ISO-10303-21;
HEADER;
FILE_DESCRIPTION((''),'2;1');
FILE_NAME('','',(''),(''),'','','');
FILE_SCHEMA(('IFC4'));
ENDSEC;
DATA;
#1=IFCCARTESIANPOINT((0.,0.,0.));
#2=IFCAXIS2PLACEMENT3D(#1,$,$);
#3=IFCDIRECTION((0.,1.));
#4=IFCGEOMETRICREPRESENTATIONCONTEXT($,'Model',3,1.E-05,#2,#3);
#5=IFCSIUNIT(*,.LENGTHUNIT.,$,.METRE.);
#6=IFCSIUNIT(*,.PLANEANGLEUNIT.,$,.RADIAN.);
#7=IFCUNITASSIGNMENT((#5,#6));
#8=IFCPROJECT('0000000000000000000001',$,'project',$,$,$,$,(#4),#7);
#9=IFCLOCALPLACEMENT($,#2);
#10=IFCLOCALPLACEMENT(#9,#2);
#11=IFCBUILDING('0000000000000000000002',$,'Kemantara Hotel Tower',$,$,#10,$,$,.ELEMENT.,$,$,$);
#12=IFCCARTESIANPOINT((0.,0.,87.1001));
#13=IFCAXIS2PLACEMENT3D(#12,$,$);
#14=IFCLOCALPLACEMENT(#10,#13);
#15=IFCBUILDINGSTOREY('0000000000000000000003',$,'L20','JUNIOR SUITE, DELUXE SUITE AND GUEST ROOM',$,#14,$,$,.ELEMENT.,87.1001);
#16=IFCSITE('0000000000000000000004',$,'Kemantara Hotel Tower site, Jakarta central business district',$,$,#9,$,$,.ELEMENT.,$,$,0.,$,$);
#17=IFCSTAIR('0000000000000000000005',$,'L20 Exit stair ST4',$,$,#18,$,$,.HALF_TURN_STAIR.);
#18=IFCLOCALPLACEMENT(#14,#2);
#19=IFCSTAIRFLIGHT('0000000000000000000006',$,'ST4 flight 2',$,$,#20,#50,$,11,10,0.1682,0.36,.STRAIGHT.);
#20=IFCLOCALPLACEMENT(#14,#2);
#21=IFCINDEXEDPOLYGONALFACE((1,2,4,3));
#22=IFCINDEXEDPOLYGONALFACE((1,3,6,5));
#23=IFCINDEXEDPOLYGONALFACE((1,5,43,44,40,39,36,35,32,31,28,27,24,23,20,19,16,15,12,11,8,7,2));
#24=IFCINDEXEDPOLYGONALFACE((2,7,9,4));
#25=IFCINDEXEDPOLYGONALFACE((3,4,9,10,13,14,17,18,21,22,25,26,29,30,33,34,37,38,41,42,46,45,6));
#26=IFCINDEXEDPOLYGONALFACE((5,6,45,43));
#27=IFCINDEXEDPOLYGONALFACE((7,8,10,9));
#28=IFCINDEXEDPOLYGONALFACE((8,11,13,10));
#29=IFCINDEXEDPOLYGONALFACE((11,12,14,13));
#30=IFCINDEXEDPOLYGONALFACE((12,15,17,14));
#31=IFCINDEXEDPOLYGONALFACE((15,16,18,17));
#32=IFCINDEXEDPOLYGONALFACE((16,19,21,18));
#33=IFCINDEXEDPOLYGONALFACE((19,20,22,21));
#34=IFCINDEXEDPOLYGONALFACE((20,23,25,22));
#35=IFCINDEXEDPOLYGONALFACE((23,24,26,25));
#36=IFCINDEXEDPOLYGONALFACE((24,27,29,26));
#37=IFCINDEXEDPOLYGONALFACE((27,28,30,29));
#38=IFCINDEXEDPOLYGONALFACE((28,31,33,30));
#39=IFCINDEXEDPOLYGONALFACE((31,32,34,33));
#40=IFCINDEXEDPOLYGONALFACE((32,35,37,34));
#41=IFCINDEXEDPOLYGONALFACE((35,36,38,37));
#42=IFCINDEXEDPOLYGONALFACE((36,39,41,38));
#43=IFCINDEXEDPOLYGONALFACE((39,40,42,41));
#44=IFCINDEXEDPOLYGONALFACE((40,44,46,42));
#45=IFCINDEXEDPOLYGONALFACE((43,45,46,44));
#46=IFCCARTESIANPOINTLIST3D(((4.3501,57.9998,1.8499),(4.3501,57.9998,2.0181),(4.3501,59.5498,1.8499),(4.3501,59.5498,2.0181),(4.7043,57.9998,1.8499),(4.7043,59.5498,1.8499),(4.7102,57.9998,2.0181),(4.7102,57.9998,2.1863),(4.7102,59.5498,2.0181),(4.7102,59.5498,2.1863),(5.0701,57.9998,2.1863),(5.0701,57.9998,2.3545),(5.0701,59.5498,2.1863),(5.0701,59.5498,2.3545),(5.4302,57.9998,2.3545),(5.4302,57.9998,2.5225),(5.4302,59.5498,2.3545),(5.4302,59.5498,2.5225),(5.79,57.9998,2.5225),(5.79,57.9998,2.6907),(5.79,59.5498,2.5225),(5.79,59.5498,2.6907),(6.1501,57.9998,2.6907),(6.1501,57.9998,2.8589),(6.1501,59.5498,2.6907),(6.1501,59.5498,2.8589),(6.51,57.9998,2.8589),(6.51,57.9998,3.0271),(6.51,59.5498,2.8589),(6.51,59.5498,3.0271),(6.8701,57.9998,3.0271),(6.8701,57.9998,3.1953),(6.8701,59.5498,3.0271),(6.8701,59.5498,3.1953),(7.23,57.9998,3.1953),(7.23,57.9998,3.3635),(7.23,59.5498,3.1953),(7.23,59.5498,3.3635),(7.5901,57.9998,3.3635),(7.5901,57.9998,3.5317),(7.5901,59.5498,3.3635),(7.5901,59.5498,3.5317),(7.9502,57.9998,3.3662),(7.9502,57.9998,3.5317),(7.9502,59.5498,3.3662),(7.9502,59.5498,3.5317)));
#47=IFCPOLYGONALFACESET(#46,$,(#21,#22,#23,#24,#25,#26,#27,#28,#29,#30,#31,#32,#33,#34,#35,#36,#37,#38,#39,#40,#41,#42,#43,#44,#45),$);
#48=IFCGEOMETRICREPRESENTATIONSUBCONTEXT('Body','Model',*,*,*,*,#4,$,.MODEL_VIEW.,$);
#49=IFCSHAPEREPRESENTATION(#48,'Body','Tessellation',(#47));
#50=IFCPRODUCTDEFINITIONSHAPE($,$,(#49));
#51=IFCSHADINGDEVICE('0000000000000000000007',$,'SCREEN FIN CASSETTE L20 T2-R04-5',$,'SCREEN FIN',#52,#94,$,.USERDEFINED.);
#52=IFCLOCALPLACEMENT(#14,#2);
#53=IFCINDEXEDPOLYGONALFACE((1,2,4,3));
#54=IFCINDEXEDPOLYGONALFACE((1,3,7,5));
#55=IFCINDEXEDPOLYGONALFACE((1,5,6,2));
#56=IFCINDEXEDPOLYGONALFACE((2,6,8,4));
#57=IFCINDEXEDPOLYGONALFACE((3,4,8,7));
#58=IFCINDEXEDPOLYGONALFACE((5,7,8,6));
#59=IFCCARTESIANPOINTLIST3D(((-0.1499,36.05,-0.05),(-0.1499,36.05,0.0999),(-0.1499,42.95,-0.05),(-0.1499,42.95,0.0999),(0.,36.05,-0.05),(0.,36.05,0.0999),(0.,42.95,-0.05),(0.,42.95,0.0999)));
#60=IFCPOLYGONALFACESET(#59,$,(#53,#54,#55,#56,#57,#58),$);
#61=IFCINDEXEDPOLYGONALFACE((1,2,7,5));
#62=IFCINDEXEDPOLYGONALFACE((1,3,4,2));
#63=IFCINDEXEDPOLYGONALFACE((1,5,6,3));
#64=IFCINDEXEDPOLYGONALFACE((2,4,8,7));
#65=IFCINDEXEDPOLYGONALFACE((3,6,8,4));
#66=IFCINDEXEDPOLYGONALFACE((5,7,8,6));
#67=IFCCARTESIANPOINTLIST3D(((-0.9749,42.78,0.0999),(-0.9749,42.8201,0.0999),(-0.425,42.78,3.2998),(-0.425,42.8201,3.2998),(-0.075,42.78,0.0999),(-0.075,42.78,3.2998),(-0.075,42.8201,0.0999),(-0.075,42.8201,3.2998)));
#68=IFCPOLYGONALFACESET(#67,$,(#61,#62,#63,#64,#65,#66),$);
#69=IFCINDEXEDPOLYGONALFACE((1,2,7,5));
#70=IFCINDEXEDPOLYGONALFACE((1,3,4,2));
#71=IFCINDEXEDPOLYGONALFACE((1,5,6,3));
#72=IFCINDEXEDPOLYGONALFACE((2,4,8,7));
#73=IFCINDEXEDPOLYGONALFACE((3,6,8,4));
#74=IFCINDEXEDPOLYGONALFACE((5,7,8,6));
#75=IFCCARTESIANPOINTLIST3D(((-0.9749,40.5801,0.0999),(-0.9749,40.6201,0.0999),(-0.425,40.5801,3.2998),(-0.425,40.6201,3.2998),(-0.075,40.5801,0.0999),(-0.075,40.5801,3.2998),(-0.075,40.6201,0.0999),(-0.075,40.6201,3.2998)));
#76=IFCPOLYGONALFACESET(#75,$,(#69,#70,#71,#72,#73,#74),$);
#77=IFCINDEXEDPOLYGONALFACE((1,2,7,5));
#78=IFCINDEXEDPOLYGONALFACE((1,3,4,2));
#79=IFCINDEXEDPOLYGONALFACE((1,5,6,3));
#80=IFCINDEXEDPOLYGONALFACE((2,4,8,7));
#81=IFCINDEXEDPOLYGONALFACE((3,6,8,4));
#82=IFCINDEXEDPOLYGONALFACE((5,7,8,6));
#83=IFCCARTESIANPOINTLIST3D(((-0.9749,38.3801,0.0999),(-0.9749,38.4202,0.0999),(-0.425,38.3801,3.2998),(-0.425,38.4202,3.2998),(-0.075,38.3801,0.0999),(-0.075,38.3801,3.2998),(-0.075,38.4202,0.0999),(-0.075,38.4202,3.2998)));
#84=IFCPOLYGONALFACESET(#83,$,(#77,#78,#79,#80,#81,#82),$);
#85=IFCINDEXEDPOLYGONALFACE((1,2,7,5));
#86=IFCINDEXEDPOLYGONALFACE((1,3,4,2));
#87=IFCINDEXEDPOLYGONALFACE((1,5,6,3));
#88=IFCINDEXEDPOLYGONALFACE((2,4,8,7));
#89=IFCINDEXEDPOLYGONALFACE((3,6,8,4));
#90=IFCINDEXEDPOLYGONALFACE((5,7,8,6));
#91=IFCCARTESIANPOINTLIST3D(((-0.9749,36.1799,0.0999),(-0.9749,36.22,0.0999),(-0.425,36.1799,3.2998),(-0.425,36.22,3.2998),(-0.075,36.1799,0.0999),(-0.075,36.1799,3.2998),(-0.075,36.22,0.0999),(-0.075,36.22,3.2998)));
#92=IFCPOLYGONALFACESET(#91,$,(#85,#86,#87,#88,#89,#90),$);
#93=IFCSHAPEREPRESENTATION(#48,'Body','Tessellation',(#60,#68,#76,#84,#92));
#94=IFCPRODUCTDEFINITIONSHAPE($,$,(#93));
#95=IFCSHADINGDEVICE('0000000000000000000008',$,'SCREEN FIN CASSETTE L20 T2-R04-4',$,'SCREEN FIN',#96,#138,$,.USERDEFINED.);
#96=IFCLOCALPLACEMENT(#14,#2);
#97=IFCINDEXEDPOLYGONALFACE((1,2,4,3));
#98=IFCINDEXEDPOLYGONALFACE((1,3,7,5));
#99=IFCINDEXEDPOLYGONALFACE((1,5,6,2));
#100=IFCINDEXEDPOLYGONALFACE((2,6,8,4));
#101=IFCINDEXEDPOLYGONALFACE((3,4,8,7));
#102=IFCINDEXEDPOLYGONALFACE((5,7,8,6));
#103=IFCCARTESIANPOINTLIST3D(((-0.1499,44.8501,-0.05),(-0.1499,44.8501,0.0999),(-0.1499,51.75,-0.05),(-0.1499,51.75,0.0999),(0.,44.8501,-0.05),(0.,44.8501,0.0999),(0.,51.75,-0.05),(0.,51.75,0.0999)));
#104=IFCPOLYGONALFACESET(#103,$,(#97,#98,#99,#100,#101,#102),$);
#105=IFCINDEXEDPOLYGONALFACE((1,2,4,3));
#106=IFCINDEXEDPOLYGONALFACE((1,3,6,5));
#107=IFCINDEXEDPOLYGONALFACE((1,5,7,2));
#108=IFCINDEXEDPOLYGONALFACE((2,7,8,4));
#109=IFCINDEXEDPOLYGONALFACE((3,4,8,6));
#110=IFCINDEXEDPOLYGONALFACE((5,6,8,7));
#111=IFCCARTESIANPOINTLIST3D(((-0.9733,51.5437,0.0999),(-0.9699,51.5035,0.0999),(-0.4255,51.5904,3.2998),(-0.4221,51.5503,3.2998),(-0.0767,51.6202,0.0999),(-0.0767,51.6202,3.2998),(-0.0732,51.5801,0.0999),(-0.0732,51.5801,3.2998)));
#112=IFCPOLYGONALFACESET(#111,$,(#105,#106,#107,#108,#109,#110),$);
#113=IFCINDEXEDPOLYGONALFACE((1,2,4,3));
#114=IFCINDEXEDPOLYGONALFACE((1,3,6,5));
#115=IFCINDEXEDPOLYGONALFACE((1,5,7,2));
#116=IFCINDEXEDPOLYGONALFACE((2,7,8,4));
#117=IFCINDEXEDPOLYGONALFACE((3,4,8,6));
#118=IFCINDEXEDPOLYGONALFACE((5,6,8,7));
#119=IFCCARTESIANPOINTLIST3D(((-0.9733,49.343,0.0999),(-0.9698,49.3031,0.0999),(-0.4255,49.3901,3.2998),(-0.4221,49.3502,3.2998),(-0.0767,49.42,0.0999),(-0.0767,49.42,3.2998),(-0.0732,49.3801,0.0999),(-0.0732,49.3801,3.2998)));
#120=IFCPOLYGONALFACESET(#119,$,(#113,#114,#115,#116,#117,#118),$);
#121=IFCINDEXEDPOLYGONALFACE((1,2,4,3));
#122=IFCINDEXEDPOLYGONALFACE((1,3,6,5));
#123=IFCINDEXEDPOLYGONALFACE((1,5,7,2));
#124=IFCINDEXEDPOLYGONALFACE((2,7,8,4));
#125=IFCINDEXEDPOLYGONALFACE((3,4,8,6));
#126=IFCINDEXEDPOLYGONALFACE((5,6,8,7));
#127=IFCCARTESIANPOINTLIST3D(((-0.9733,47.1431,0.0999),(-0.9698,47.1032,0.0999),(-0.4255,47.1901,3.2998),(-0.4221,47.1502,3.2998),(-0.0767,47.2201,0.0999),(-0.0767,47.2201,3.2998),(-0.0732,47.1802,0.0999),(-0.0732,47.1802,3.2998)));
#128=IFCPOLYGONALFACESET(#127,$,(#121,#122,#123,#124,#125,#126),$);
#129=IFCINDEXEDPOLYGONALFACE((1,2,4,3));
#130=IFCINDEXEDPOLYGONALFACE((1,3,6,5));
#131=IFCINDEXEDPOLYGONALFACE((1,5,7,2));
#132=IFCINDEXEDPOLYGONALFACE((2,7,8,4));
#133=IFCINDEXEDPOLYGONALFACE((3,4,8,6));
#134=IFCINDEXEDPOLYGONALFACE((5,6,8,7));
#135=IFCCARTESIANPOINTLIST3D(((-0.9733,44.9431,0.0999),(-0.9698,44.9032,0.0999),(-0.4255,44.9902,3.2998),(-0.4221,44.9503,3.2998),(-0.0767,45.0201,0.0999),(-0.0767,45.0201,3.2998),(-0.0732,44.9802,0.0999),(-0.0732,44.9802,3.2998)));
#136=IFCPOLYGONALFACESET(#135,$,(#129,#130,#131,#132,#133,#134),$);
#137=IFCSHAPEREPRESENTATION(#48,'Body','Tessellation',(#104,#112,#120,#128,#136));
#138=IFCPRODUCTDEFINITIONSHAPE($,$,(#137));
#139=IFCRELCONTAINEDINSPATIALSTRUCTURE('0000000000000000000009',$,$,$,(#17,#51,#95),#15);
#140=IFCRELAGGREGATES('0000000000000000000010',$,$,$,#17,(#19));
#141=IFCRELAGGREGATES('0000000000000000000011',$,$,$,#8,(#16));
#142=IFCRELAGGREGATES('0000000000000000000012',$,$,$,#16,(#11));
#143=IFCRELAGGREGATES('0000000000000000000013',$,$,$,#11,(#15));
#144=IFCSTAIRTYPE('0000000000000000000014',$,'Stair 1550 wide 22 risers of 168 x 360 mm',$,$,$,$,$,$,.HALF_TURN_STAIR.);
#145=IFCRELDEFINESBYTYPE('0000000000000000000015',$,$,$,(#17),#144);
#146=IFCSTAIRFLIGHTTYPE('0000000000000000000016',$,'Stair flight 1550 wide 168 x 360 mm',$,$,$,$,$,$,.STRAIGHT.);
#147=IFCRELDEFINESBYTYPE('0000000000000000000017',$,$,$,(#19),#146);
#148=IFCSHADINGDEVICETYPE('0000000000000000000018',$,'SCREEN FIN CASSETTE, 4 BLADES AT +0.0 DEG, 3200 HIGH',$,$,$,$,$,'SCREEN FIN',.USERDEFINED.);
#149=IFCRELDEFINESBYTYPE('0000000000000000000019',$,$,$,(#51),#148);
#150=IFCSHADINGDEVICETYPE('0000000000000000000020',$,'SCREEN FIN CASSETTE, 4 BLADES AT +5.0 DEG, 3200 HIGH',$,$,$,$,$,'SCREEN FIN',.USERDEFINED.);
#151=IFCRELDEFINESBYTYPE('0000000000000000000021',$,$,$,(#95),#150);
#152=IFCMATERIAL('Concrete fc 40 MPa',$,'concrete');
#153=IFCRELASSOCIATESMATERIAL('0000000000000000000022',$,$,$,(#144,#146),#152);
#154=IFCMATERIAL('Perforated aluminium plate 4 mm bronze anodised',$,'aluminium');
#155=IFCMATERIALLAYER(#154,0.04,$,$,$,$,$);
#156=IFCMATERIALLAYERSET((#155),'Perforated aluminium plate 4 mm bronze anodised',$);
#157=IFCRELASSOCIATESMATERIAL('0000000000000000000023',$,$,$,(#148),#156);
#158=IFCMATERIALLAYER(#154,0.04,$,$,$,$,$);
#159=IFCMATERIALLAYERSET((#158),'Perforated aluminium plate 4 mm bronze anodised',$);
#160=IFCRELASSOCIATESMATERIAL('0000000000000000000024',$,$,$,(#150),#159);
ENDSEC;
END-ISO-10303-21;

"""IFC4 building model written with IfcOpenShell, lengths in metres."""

from ifc_helpers import new_model, si_unit, direction, frame, origin, origin_2d, place, context, subcontext, project, spatial, polyline, rectangle, outline, extrude, source, transform, mapped, material, layer, layer_set, type_object, element, aggregate, save


model = new_model("IFC4")

# Units and contexts
model_context = context("Model", 3, precision=1e-05, world=origin(), true_north=direction((0.0, 1.0)))
body_context = subcontext(model_context, "Body", "Model", "MODEL_VIEW")
ifc_project = project(units=[si_unit("LENGTHUNIT", "METRE"), si_unit("PLANEANGLEUNIT", "RADIAN")], contexts=[model_context])

# Site, building, storey
site_placement = place(None, origin())
site = spatial("IfcSite", under=ifc_project, at=site_placement, Name="Kemantara Hotel Tower site, Jakarta central business district", CompositionType="ELEMENT", RefElevation=0.0)
building_placement = place(site_placement, origin())
building = spatial("IfcBuilding", under=site, at=building_placement, Name="Kemantara Hotel Tower", CompositionType="ELEMENT")
storey_placement = place(building_placement, frame((0.0, 0.0, 87.1001)))
storey = spatial("IfcBuildingStorey", under=building, at=storey_placement, Name="L20", Description="JUNIOR SUITE, DELUXE SUITE AND GUEST ROOM", CompositionType="ELEMENT", Elevation=87.1001)

# Shared definitions
ifc_material_1 = material(Name="Concrete fc 40 MPa", Category="concrete")

# Stair, stair flight
stair_type = type_object("IfcStairType", Name="Stair 1550 wide 22 risers of 168 x 360 mm", PredefinedType="HALF_TURN_STAIR", material=ifc_material_1)
stair_placement = place(storey_placement, origin())
stair = element("IfcStair", 1, at=stair_placement, inside=storey, type_object=stair_type, Name="L20 Exit stair ST4", PredefinedType="HALF_TURN_STAIR")
stair_flight_type = type_object("IfcStairFlightType", Name="Stair flight 1550 wide 168 x 360 mm", PredefinedType="STRAIGHT", material=ifc_material_1)
stair_flight_placement = place(storey_placement, frame((4.3501, 58.7749, 1.8499), z_axis=(0.0, 0.0, 1.0), x_axis=(1.0, 0.0, 0.0)))
stair_flight = element("IfcStairFlight", 2, at=stair_flight_placement, type_object=stair_flight_type, Name="ST4 flight 2", NumberOfRisers=11, NumberOfTreads=10, PredefinedType="STRAIGHT", RiserHeight=0.1682, TreadLength=0.36, context=body_context, shape_type="SweptSolid", body=[
    extrude(outline(polyline([(0.0, 0.0), (0.0, 0.1682), (0.3601, 0.1682), (0.3601, 0.3364), (0.72, 0.3364), (0.72, 0.5046), (1.0801, 0.5046), (1.0801, 0.6726), (1.4399, 0.6726), (1.4399, 0.8408), (1.8, 0.8408), (1.8, 1.009), (2.1599, 1.009), (2.1599, 1.1772), (2.52, 1.1772), (2.52, 1.3455), (2.8799, 1.3455), (2.8799, 1.5137), (3.24, 1.5137), (3.24, 1.6819), (3.6001, 1.6819), (3.6001, 1.8501), (3.6001, 1.5164), (0.3542, 0.0), (0.0, 0.0)])), frame((0.0, 0.7749, 0.0), z_axis=(0.0, -1.0, 0.0), x_axis=(1.0, 0.0, 0.0)), (0.0, 0.0, 1.0), 1.55),
])
aggregate(stair, [stair_flight])

# Shading devices
ifc_material_2 = material(Name="Perforated aluminium plate 4 mm bronze anodised", Category="aluminium")
ifc_layer_1 = layer(ifc_material_2, 0.04)
ifc_layer_set_1 = layer_set([ifc_layer_1], Name="Perforated aluminium plate 4 mm bronze anodised")
shading_device_type_1 = type_object("IfcShadingDeviceType", Name="SCREEN FIN CASSETTE, 4 BLADES AT +0.0 DEG, 3200 HIGH", ElementType="SCREEN FIN", PredefinedType="USERDEFINED", material=ifc_layer_set_1)
shared_shape_1 = source(origin(), body_context, "Body", "SweptSolid", [
    extrude(rectangle(XDim=6.8999, YDim=0.1499, at=origin_2d()), frame((3.3, -0.075, -0.1499), z_axis=(0.0, 0.0, 1.0), x_axis=(1.0, 0.0, 0.0)), (0.0, 0.0, 1.0), 0.1499),
    extrude(outline(polyline([(0.0, 0.0), (0.8999, 0.0), (0.3501, 3.2), (0.0, 3.2), (0.0, 0.0)])), frame((0.02, -0.075, 0.0), z_axis=(-1.0, 0.0, 0.0), x_axis=(0.0, -1.0, 0.0)), (0.0, 0.0, 1.0), 0.04),
    extrude(outline(polyline([(0.0, 0.0), (0.8999, 0.0), (0.3501, 3.2), (0.0, 3.2), (0.0, 0.0)])), frame((2.22, -0.075, 0.0), z_axis=(-1.0, 0.0, 0.0), x_axis=(0.0, -1.0, 0.0)), (0.0, 0.0, 1.0), 0.04),
    extrude(outline(polyline([(0.0, 0.0), (0.8999, 0.0), (0.3501, 3.2), (0.0, 3.2), (0.0, 0.0)])), frame((4.4199, -0.075, 0.0), z_axis=(-1.0, 0.0, 0.0), x_axis=(0.0, -1.0, 0.0)), (0.0, 0.0, 1.0), 0.04),
    extrude(outline(polyline([(0.0, 0.0), (0.8999, 0.0), (0.3501, 3.2), (0.0, 3.2), (0.0, 0.0)])), frame((6.6201, -0.075, 0.0), z_axis=(-1.0, 0.0, 0.0), x_axis=(0.0, -1.0, 0.0)), (0.0, 0.0, 1.0), 0.04),
])
shading_device_1_placement = place(storey_placement, frame((0.0, 42.8, 0.0999), z_axis=(0.0, 0.0, 1.0), x_axis=(0.0, -1.0, 0.0)))
element("IfcShadingDevice", 3, at=shading_device_1_placement, inside=storey, type_object=shading_device_type_1, Name="SCREEN FIN CASSETTE L20 T2-R04-5", ObjectType="SCREEN FIN", PredefinedType="USERDEFINED", context=body_context, shape_type="MappedRepresentation", body=[
    mapped(shared_shape_1, transform((0.0, 0.0, 0.0))),
])
ifc_layer_2 = layer(ifc_material_2, 0.04)
ifc_layer_set_2 = layer_set([ifc_layer_2], Name="Perforated aluminium plate 4 mm bronze anodised")
shading_device_type_2 = type_object("IfcShadingDeviceType", Name="SCREEN FIN CASSETTE, 4 BLADES AT +5.0 DEG, 3200 HIGH", ElementType="SCREEN FIN", PredefinedType="USERDEFINED", material=ifc_layer_set_2)
shared_shape_2 = source(origin(), body_context, "Body", "SweptSolid", [
    extrude(rectangle(XDim=6.8999, YDim=0.1499, at=origin_2d()), frame((3.3, -0.075, -0.1499), z_axis=(0.0, 0.0, 1.0), x_axis=(1.0, 0.0, 0.0)), (0.0, 0.0, 1.0), 0.1499),
    extrude(outline(polyline([(0.0, 0.0), (0.8999, 0.0), (0.3501, 3.2), (0.0, 3.2), (0.0, 0.0)])), frame((0.02, -0.0732, 0.0), z_axis=(-0.996376, -0.085056, 0.0), x_axis=(0.085056, -0.996376, 0.0)), (0.0, 0.0, 1.0), 0.0403),
    extrude(outline(polyline([(0.0, 0.0), (0.8999, 0.0), (0.3501, 3.2), (0.0, 3.2), (0.0, 0.0)])), frame((2.22, -0.0732, 0.0), z_axis=(-0.996332, -0.085575, 0.0), x_axis=(0.085575, -0.996332, 0.0)), (0.0, 0.0, 1.0), 0.04),
    extrude(outline(polyline([(0.0, 0.0), (0.8999, 0.0), (0.3501, 3.2), (0.0, 3.2), (0.0, 0.0)])), frame((4.4199, -0.0732, 0.0), z_axis=(-0.996332, -0.085575, 0.0), x_axis=(0.085575, -0.996332, 0.0)), (0.0, 0.0, 1.0), 0.04),
    extrude(outline(polyline([(0.0, 0.0), (0.8999, 0.0), (0.3501, 3.2), (0.0, 3.2), (0.0, 0.0)])), frame((6.6199, -0.0732, 0.0), z_axis=(-0.996332, -0.085575, 0.0), x_axis=(0.085575, -0.996332, 0.0)), (0.0, 0.0, 1.0), 0.04),
])
shading_device_2_placement = place(storey_placement, frame((0.0, 51.6001, 0.0999), z_axis=(0.0, 0.0, 1.0), x_axis=(0.0, -1.0, 0.0)))
element("IfcShadingDevice", 4, at=shading_device_2_placement, inside=storey, type_object=shading_device_type_2, Name="SCREEN FIN CASSETTE L20 T2-R04-4", ObjectType="SCREEN FIN", PredefinedType="USERDEFINED", context=body_context, shape_type="MappedRepresentation", body=[
    mapped(shared_shape_2, transform((0.0, 0.0, 0.0))),
])

save(model, "model.ifc")
